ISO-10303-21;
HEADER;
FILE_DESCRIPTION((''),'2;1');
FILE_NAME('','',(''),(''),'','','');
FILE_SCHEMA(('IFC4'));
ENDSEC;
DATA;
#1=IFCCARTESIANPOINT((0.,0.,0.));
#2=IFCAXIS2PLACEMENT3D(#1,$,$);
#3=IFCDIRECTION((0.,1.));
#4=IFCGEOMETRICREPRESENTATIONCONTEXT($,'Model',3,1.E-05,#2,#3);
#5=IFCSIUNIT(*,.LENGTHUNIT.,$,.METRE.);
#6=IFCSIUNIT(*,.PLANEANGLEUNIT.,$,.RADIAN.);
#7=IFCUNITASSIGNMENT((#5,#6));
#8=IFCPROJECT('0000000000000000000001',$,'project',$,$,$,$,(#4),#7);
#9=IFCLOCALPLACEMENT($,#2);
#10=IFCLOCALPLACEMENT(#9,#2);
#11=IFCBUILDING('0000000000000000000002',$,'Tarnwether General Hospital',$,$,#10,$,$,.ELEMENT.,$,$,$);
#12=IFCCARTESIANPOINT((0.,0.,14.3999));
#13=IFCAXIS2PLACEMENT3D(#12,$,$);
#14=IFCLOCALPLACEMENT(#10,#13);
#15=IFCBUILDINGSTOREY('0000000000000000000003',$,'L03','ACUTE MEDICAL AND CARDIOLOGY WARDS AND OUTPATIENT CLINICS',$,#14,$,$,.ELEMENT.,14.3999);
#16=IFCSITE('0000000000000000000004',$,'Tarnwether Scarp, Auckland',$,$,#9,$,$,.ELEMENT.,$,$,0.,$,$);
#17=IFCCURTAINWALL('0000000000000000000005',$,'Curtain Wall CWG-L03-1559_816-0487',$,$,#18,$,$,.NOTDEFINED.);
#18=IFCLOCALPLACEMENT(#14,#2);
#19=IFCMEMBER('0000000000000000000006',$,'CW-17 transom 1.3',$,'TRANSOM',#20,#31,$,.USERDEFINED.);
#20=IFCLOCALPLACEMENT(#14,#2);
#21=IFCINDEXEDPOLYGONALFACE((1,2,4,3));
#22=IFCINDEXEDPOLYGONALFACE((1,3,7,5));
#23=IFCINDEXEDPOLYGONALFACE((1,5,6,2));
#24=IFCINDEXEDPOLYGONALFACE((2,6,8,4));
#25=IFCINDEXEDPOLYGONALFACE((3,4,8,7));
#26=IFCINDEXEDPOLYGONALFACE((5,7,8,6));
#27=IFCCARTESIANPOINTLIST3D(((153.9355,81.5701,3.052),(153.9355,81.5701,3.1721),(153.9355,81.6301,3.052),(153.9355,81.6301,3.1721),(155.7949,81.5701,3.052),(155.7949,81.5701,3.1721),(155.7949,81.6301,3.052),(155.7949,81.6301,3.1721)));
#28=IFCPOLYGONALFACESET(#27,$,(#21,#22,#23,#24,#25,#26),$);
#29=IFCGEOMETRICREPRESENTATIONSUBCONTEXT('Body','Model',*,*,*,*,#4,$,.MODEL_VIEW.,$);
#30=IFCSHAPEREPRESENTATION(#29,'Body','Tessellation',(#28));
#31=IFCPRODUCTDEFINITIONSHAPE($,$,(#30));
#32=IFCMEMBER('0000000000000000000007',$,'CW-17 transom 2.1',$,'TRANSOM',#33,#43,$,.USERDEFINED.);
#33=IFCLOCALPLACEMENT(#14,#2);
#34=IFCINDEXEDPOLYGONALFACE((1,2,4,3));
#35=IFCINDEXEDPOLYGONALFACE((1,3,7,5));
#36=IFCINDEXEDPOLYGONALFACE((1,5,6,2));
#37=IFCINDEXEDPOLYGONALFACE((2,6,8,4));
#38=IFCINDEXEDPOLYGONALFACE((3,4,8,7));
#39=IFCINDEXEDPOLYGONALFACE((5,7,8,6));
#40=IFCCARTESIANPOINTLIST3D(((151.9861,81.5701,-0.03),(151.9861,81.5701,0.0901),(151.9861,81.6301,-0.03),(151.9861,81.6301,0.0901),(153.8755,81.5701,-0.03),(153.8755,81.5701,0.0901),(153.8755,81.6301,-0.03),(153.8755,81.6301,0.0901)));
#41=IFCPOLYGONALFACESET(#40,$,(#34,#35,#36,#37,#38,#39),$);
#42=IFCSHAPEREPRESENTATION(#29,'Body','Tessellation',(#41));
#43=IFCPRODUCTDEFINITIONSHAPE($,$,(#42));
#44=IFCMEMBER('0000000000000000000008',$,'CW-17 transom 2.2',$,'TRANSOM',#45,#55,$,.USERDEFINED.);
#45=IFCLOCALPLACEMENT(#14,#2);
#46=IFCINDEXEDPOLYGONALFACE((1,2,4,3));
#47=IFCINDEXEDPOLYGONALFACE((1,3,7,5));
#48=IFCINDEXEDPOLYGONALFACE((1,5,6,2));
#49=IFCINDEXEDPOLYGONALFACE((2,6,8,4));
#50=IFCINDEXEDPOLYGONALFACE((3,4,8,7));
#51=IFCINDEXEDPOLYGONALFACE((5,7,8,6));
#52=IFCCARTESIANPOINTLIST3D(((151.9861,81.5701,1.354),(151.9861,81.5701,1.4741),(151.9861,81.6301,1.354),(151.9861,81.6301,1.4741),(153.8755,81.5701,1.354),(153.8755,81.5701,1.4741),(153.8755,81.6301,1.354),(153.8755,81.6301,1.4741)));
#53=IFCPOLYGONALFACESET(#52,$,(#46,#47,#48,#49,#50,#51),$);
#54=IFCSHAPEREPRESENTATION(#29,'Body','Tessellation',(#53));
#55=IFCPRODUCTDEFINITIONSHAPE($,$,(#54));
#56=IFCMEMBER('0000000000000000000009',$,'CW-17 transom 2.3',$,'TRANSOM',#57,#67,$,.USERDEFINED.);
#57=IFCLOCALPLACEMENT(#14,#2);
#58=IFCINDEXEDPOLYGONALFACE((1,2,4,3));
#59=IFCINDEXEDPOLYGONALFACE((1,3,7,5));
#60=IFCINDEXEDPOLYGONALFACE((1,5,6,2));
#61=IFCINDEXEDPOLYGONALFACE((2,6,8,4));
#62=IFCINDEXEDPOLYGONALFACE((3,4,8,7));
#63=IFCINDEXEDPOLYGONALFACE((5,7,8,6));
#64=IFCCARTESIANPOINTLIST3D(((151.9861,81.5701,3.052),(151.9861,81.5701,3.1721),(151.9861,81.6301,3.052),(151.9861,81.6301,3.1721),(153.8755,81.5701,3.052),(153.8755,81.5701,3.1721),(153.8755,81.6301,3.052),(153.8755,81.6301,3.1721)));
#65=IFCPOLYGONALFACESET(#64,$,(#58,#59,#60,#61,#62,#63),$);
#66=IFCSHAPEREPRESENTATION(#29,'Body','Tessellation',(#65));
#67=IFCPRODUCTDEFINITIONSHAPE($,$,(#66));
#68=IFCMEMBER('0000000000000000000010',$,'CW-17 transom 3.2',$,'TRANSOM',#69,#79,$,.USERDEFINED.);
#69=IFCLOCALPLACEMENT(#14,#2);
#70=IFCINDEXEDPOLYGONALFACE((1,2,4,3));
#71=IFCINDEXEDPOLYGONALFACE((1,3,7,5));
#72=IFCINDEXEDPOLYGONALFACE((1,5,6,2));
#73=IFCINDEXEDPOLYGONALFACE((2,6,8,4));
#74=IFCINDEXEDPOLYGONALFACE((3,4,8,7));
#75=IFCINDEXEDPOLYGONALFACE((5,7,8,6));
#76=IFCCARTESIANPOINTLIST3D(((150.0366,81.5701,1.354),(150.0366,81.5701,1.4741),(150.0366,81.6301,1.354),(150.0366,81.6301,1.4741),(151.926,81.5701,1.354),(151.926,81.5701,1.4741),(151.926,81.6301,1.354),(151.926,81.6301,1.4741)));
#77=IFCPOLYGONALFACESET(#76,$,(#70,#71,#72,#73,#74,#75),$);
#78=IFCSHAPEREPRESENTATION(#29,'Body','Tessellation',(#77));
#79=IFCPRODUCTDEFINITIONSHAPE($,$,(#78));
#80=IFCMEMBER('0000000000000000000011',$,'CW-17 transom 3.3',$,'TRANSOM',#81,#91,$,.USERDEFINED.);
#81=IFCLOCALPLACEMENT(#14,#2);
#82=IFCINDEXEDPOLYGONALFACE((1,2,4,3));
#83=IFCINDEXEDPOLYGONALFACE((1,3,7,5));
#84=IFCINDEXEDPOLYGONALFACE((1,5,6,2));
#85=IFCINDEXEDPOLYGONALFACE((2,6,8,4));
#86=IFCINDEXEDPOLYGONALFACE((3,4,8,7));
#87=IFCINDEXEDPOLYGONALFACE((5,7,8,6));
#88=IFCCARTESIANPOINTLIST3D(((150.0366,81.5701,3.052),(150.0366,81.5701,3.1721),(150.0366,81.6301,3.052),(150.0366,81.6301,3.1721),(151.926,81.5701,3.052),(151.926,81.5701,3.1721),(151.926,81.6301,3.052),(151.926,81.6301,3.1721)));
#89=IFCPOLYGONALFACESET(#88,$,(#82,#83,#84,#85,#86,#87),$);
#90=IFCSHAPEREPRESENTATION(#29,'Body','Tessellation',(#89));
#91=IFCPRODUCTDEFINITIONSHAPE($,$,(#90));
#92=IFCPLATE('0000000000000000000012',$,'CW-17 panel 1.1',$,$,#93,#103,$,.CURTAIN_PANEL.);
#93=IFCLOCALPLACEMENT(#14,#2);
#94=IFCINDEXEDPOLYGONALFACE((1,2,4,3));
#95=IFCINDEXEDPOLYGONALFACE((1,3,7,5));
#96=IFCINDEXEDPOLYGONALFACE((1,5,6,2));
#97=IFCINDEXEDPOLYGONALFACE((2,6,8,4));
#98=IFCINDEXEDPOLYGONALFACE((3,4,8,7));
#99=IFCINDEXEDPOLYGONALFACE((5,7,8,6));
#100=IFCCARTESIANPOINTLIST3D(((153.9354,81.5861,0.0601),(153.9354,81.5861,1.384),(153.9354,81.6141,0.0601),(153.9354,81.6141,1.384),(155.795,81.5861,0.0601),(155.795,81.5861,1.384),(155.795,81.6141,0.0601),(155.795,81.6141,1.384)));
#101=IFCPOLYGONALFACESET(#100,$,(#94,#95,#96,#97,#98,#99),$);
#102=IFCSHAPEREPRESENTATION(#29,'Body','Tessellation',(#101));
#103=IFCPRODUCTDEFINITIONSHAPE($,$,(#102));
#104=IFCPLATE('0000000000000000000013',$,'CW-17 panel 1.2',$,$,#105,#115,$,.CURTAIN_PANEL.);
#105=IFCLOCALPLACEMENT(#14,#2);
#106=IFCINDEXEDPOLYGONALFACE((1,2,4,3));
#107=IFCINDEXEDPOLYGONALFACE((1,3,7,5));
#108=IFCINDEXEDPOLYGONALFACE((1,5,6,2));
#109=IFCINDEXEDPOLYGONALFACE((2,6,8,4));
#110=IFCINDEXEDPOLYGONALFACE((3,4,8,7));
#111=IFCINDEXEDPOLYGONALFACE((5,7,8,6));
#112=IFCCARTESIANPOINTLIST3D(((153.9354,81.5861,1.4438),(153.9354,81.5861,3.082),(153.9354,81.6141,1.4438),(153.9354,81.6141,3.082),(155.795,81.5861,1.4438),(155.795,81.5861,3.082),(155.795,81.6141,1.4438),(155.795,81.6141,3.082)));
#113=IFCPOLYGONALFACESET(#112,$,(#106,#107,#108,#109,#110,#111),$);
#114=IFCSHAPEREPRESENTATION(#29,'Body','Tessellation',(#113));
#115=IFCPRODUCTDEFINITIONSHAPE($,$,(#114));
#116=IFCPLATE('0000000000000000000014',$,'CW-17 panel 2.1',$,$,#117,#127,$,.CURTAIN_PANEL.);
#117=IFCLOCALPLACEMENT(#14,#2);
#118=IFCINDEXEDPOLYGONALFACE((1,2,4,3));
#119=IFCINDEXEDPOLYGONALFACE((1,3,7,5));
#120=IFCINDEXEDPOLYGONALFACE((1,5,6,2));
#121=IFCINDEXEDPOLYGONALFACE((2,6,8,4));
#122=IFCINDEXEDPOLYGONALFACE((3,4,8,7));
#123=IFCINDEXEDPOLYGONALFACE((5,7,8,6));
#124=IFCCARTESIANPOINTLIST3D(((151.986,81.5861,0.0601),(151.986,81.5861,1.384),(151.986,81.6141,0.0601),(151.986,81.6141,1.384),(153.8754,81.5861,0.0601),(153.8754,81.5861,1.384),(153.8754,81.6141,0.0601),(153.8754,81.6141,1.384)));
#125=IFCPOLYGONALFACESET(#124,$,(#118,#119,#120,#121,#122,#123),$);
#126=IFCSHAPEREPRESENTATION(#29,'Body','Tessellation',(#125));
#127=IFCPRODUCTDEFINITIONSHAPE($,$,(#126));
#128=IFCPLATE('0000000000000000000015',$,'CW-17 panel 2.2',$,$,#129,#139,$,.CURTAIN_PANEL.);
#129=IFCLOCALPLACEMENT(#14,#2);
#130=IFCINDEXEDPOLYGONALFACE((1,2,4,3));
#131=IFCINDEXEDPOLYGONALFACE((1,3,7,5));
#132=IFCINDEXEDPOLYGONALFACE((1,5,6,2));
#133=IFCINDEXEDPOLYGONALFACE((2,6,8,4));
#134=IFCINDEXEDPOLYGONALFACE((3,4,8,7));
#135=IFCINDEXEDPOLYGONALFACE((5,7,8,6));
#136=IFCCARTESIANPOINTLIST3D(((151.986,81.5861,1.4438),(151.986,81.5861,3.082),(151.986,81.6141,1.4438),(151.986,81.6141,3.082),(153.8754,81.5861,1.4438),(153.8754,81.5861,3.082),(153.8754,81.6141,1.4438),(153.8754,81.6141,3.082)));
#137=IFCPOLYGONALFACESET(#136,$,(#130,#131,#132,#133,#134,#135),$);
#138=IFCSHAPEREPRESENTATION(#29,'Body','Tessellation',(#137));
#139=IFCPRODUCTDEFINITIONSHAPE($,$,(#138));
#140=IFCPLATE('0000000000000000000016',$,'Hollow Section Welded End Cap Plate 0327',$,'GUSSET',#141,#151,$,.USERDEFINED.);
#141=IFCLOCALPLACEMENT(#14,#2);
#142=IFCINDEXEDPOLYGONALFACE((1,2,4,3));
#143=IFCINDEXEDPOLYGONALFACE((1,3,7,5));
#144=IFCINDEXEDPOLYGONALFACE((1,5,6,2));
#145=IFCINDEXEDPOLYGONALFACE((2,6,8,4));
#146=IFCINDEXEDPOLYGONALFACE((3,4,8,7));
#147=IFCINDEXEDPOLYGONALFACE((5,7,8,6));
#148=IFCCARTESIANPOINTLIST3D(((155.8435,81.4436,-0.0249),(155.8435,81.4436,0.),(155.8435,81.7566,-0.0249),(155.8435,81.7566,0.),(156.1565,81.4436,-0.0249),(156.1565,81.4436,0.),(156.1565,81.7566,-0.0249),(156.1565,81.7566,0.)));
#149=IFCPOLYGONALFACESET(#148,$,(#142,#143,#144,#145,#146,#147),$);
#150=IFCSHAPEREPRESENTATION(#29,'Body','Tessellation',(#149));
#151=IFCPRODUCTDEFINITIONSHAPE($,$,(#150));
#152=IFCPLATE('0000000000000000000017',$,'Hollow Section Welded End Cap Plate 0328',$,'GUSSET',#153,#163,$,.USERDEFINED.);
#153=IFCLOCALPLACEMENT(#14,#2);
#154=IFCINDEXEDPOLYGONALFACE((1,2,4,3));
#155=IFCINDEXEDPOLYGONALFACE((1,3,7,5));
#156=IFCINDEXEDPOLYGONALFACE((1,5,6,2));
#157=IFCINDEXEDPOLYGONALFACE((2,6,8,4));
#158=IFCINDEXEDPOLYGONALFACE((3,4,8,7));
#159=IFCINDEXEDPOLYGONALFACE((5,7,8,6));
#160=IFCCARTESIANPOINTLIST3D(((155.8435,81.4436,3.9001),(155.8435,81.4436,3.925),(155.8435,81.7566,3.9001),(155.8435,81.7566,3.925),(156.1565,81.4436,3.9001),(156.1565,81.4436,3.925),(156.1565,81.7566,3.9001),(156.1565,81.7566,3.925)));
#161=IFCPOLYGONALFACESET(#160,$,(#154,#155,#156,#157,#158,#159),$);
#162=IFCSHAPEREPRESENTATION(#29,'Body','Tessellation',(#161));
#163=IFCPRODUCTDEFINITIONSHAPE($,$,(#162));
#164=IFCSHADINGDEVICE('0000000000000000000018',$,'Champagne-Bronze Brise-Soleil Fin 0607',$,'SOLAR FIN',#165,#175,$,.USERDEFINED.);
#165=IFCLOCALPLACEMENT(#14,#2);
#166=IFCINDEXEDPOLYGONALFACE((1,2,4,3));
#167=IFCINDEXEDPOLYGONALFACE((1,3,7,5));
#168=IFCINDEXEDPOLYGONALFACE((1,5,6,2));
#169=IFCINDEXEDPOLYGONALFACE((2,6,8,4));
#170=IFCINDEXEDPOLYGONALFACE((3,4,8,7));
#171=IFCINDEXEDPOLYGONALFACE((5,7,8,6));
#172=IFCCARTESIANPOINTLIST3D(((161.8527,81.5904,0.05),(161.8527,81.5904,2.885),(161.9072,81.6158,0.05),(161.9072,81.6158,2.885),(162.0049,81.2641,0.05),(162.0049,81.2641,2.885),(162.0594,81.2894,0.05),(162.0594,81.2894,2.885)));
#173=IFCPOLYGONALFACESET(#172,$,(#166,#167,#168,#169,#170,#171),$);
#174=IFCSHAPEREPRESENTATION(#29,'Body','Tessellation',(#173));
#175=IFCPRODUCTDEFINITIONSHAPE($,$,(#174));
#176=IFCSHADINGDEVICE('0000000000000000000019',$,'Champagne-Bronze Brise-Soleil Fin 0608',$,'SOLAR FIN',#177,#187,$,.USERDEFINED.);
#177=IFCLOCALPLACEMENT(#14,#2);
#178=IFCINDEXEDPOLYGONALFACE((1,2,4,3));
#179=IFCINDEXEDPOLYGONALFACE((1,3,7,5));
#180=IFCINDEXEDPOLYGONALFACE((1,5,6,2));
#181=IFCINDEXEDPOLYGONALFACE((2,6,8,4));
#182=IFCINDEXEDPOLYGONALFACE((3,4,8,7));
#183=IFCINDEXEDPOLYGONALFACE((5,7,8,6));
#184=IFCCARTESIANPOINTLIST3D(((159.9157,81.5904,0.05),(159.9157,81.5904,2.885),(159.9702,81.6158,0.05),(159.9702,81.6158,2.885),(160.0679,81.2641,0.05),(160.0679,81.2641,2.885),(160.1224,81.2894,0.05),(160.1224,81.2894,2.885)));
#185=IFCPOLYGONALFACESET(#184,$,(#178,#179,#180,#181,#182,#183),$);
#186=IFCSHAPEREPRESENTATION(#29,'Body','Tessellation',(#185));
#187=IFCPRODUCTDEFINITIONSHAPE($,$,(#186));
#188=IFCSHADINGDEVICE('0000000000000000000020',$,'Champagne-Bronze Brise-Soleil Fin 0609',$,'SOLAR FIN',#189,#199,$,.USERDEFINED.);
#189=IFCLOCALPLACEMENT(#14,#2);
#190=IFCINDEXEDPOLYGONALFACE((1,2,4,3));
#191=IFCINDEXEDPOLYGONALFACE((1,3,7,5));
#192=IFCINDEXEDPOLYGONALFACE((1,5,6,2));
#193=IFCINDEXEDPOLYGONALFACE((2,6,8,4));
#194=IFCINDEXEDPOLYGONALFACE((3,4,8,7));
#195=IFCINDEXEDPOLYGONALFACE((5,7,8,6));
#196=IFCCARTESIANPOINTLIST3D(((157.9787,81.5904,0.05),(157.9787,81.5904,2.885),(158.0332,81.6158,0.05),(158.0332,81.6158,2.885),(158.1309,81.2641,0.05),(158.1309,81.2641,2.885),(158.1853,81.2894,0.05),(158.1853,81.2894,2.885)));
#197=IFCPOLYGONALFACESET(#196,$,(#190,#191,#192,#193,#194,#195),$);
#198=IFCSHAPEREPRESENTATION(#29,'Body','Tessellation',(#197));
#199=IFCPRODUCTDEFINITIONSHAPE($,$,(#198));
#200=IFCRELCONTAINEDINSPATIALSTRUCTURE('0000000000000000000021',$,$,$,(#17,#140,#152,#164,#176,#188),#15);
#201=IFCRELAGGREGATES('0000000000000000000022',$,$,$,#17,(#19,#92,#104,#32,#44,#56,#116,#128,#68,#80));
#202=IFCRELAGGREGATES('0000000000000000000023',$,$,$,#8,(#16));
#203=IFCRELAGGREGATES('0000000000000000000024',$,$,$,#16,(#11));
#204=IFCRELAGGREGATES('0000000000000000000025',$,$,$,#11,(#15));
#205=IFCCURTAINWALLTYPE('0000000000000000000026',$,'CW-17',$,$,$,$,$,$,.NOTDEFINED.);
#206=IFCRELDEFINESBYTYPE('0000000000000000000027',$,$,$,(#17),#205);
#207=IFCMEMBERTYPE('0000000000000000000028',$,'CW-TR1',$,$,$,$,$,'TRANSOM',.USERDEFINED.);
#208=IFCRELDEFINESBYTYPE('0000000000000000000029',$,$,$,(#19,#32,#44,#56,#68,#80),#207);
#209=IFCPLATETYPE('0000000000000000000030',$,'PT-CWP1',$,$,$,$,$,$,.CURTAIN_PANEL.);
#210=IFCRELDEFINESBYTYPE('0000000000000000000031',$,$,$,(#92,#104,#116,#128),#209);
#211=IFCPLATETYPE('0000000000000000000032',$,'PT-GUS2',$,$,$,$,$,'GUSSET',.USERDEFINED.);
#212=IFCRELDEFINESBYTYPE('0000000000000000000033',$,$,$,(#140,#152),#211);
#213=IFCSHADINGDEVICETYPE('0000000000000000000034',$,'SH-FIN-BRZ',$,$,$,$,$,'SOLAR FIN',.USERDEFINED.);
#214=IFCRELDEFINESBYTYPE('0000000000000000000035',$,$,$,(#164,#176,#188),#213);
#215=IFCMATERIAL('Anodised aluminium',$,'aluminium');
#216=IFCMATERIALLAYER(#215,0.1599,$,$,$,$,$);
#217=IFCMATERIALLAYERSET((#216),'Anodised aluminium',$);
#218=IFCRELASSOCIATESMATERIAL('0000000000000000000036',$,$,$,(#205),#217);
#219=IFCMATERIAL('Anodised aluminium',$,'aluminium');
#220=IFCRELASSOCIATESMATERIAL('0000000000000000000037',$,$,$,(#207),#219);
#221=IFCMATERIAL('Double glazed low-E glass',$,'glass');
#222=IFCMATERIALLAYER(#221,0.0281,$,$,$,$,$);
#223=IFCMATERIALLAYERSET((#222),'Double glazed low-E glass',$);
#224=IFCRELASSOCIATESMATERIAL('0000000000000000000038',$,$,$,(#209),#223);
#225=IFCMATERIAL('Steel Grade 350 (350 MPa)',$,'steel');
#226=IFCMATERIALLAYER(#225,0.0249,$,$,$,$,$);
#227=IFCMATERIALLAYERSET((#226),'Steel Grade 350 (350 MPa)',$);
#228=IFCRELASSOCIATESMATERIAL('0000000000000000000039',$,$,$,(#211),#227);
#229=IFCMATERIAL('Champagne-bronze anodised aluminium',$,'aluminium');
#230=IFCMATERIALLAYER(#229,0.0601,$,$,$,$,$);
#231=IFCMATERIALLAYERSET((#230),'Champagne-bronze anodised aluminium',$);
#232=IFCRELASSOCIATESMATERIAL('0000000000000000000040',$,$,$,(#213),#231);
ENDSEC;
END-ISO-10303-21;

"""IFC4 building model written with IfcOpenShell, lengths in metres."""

from ifc_helpers import new_model, si_unit, direction, frame, origin, origin_2d, place, context, subcontext, project, spatial, rectangle, extrude, material, layer, layer_set, material_profile, profile_set, type_object, element, aggregate, save


model = new_model("IFC4")

# Units and contexts
model_context = context("Model", 3, precision=1e-05, world=origin(), true_north=direction((0.0, 1.0)))
body_context = subcontext(model_context, "Body", "Model", "MODEL_VIEW")
ifc_project = project(units=[si_unit("LENGTHUNIT", "METRE"), si_unit("PLANEANGLEUNIT", "RADIAN")], contexts=[model_context])

# Site, building, storey
site_placement = place(None, origin())
site = spatial("IfcSite", under=ifc_project, at=site_placement, Name="Tarnwether Scarp, Auckland", CompositionType="ELEMENT", RefElevation=0.0)
building_placement = place(site_placement, origin())
building = spatial("IfcBuilding", under=site, at=building_placement, Name="Tarnwether General Hospital", CompositionType="ELEMENT")
storey_placement = place(building_placement, frame((0.0, 0.0, 14.3999)))
storey = spatial("IfcBuildingStorey", under=building, at=storey_placement, Name="L03", Description="ACUTE MEDICAL AND CARDIOLOGY WARDS AND OUTPATIENT CLINICS", CompositionType="ELEMENT", Elevation=14.3999)

# Shared definitions
ifc_material_1 = material(Name="Anodised aluminium", Category="aluminium")
ifc_layer_1 = layer(ifc_material_1, 0.1599)
ifc_layer_set_1 = layer_set([ifc_layer_1], Name="Anodised aluminium")
curtain_wall_type = type_object("IfcCurtainWallType", Name="CW-17", PredefinedType="NOTDEFINED", material=ifc_layer_set_1)

# Curtain wall, members, plates
curtain_wall_1_placement = place(storey_placement, origin())
curtain_wall_1 = element("IfcCurtainWall", 1, at=curtain_wall_1_placement, inside=storey, type_object=curtain_wall_type, Name="Curtain Wall CWG-L03-1559_816-0487", PredefinedType="NOTDEFINED")
ifc_material_2 = material(Name="Anodised aluminium", Category="aluminium")
ifc_material_profile_1 = material_profile(ifc_material_2, rectangle(XDim=0.0601, YDim=0.1201, at=origin_2d()), Name="ALU-TRN-60x120")
ifc_profile_set_1 = profile_set([ifc_material_profile_1], Name="Anodised aluminium")
member_type_1 = type_object("IfcMemberType", Name="CW-TR1", ElementType="TRANSOM", PredefinedType="USERDEFINED", material=ifc_profile_set_1)
member_1_placement = place(storey_placement, frame((155.7949, 81.6001, 3.1121), z_axis=(-1.0, 0.0, 0.0), x_axis=(0.0, -1.0, 0.0)))
member_1 = element("IfcMember", 2, at=member_1_placement, type_object=member_type_1, Name="CW-17 transom 1.3", ObjectType="TRANSOM", PredefinedType="USERDEFINED", context=body_context, shape_type="SweptSolid", body=[
    extrude(rectangle(XDim=0.0601, YDim=0.1201, at=origin_2d()), origin(), (0.0, 0.0, 1.0), 1.8594),
])
member_2_placement = place(storey_placement, frame((153.8755, 81.6001, 0.03), z_axis=(-1.0, 0.0, 0.0), x_axis=(0.0, -1.0, 0.0)))
member_2 = element("IfcMember", 3, at=member_2_placement, type_object=member_type_1, Name="CW-17 transom 2.1", ObjectType="TRANSOM", PredefinedType="USERDEFINED", context=body_context, shape_type="SweptSolid", body=[
    extrude(rectangle(XDim=0.0601, YDim=0.1201, at=origin_2d()), origin(), (0.0, 0.0, 1.0), 1.8894),
])
member_3_placement = place(storey_placement, frame((153.8755, 81.6001, 1.4141), z_axis=(-1.0, 0.0, 0.0), x_axis=(0.0, -1.0, 0.0)))
member_3 = element("IfcMember", 4, at=member_3_placement, type_object=member_type_1, Name="CW-17 transom 2.2", ObjectType="TRANSOM", PredefinedType="USERDEFINED", context=body_context, shape_type="SweptSolid", body=[
    extrude(rectangle(XDim=0.0601, YDim=0.1201, at=origin_2d()), origin(), (0.0, 0.0, 1.0), 1.8894),
])
member_4_placement = place(storey_placement, frame((153.8755, 81.6001, 3.1121), z_axis=(-1.0, 0.0, 0.0), x_axis=(0.0, -1.0, 0.0)))
member_4 = element("IfcMember", 5, at=member_4_placement, type_object=member_type_1, Name="CW-17 transom 2.3", ObjectType="TRANSOM", PredefinedType="USERDEFINED", context=body_context, shape_type="SweptSolid", body=[
    extrude(rectangle(XDim=0.0601, YDim=0.1201, at=origin_2d()), origin(), (0.0, 0.0, 1.0), 1.8894),
])
member_5_placement = place(storey_placement, frame((151.926, 81.6001, 1.4141), z_axis=(-1.0, 0.0, 0.0), x_axis=(0.0, -1.0, 0.0)))
member_5 = element("IfcMember", 6, at=member_5_placement, type_object=member_type_1, Name="CW-17 transom 3.2", ObjectType="TRANSOM", PredefinedType="USERDEFINED", context=body_context, shape_type="SweptSolid", body=[
    extrude(rectangle(XDim=0.0601, YDim=0.1201, at=origin_2d()), origin(), (0.0, 0.0, 1.0), 1.8894),
])
member_6_placement = place(storey_placement, frame((151.926, 81.6001, 3.1121), z_axis=(-1.0, 0.0, 0.0), x_axis=(0.0, -1.0, 0.0)))
member_6 = element("IfcMember", 7, at=member_6_placement, type_object=member_type_1, Name="CW-17 transom 3.3", ObjectType="TRANSOM", PredefinedType="USERDEFINED", context=body_context, shape_type="SweptSolid", body=[
    extrude(rectangle(XDim=0.0601, YDim=0.1201, at=origin_2d()), origin(), (0.0, 0.0, 1.0), 1.8894),
])
ifc_material_3 = material(Name="Double glazed low-E glass", Category="glass")
ifc_layer_2 = layer(ifc_material_3, 0.0281)
ifc_layer_set_2 = layer_set([ifc_layer_2], Name="Double glazed low-E glass")
plate_type_1 = type_object("IfcPlateType", Name="PT-CWP1", PredefinedType="CURTAIN_PANEL", material=ifc_layer_set_2)
plate_1_placement = place(storey_placement, frame((154.8652, 81.6001, 0.0601), z_axis=(0.0, 0.0, 1.0), x_axis=(-1.0, 0.0, 0.0)))
plate_1 = element("IfcPlate", 8, at=plate_1_placement, type_object=plate_type_1, Name="CW-17 panel 1.1", PredefinedType="CURTAIN_PANEL", context=body_context, shape_type="SweptSolid", body=[
    extrude(rectangle(XDim=1.8596, YDim=0.0281, at=origin_2d()), origin(), (0.0, 0.0, 1.0), 1.324),
])
plate_2_placement = place(storey_placement, frame((154.8652, 81.6001, 1.4438), z_axis=(0.0, 0.0, 1.0), x_axis=(-1.0, 0.0, 0.0)))
plate_2 = element("IfcPlate", 9, at=plate_2_placement, type_object=plate_type_1, Name="CW-17 panel 1.2", PredefinedType="CURTAIN_PANEL", context=body_context, shape_type="SweptSolid", body=[
    extrude(rectangle(XDim=1.8596, YDim=0.0281, at=origin_2d()), origin(), (0.0, 0.0, 1.0), 1.6382),
])
plate_3_placement = place(storey_placement, frame((152.9307, 81.6001, 0.0601), z_axis=(0.0, 0.0, 1.0), x_axis=(-1.0, 0.0, 0.0)))
plate_3 = element("IfcPlate", 10, at=plate_3_placement, type_object=plate_type_1, Name="CW-17 panel 2.1", PredefinedType="CURTAIN_PANEL", context=body_context, shape_type="SweptSolid", body=[
    extrude(rectangle(XDim=1.8894, YDim=0.0281, at=origin_2d()), origin(), (0.0, 0.0, 1.0), 1.324),
])
plate_4_placement = place(storey_placement, frame((152.9307, 81.6001, 1.4438), z_axis=(0.0, 0.0, 1.0), x_axis=(-1.0, 0.0, 0.0)))
plate_4 = element("IfcPlate", 11, at=plate_4_placement, type_object=plate_type_1, Name="CW-17 panel 2.2", PredefinedType="CURTAIN_PANEL", context=body_context, shape_type="SweptSolid", body=[
    extrude(rectangle(XDim=1.8894, YDim=0.0281, at=origin_2d()), origin(), (0.0, 0.0, 1.0), 1.6382),
])
aggregate(curtain_wall_1, [member_1, plate_1, plate_2, member_2, member_3, member_4, plate_3, plate_4, member_5, member_6])

# Plates
ifc_material_4 = material(Name="Steel Grade 350 (350 MPa)", Category="steel")
ifc_layer_3 = layer(ifc_material_4, 0.0249)
ifc_layer_set_3 = layer_set([ifc_layer_3], Name="Steel Grade 350 (350 MPa)")
plate_type_2 = type_object("IfcPlateType", Name="PT-GUS2", ElementType="GUSSET", PredefinedType="USERDEFINED", material=ifc_layer_set_3)
for number, where, z_axis, x_axis, name in (
    (12, (156.0, 81.6001, -0.0249), (0.0, 0.0, 1.0), (1.0, 0.0, 0.0), "Hollow Section Welded End Cap Plate 0327"),
    (13, (156.0, 81.6001, 3.9001), (0.0, 0.0, 1.0), (1.0, 0.0, 0.0), "Hollow Section Welded End Cap Plate 0328"),
):
    element("IfcPlate", number, at=place(storey_placement, frame(where, z_axis=z_axis, x_axis=x_axis)), inside=storey, type_object=plate_type_2, Name=name, ObjectType="GUSSET", PredefinedType="USERDEFINED", context=body_context, shape_type="SweptSolid", body=[
        extrude(rectangle(XDim=0.313, YDim=0.313, at=origin_2d()), origin(), (0.0, 0.0, 1.0), 0.0249),
    ])

# Shading devices
ifc_material_5 = material(Name="Champagne-bronze anodised aluminium", Category="aluminium")
ifc_layer_4 = layer(ifc_material_5, 0.0601)
ifc_layer_set_4 = layer_set([ifc_layer_4], Name="Champagne-bronze anodised aluminium")
shading_device_type = type_object("IfcShadingDeviceType", Name="SH-FIN-BRZ", ElementType="SOLAR FIN", PredefinedType="USERDEFINED", material=ifc_layer_set_4)
for number, where, z_axis, x_axis, name in (
    (14, (161.9561, 81.4399, 0.05), (0.0, 0.0, 1.0), (-0.906308, -0.422618, 0.0), "Champagne-Bronze Brise-Soleil Fin 0607"),
    (15, (160.019, 81.4399, 0.05), (0.0, 0.0, 1.0), (-0.906308, -0.422618, 0.0), "Champagne-Bronze Brise-Soleil Fin 0608"),
    (16, (158.082, 81.4399, 0.05), (0.0, 0.0, 1.0), (-0.906308, -0.422618, 0.0), "Champagne-Bronze Brise-Soleil Fin 0609"),
):
    element("IfcShadingDevice", number, at=place(storey_placement, frame(where, z_axis=z_axis, x_axis=x_axis)), inside=storey, type_object=shading_device_type, Name=name, ObjectType="SOLAR FIN", PredefinedType="USERDEFINED", context=body_context, shape_type="SweptSolid", body=[
        extrude(rectangle(XDim=0.0601, YDim=0.3601, at=origin_2d()), origin(), (0.0, 0.0, 1.0), 2.835),
    ])

save(model, "model.ifc")
